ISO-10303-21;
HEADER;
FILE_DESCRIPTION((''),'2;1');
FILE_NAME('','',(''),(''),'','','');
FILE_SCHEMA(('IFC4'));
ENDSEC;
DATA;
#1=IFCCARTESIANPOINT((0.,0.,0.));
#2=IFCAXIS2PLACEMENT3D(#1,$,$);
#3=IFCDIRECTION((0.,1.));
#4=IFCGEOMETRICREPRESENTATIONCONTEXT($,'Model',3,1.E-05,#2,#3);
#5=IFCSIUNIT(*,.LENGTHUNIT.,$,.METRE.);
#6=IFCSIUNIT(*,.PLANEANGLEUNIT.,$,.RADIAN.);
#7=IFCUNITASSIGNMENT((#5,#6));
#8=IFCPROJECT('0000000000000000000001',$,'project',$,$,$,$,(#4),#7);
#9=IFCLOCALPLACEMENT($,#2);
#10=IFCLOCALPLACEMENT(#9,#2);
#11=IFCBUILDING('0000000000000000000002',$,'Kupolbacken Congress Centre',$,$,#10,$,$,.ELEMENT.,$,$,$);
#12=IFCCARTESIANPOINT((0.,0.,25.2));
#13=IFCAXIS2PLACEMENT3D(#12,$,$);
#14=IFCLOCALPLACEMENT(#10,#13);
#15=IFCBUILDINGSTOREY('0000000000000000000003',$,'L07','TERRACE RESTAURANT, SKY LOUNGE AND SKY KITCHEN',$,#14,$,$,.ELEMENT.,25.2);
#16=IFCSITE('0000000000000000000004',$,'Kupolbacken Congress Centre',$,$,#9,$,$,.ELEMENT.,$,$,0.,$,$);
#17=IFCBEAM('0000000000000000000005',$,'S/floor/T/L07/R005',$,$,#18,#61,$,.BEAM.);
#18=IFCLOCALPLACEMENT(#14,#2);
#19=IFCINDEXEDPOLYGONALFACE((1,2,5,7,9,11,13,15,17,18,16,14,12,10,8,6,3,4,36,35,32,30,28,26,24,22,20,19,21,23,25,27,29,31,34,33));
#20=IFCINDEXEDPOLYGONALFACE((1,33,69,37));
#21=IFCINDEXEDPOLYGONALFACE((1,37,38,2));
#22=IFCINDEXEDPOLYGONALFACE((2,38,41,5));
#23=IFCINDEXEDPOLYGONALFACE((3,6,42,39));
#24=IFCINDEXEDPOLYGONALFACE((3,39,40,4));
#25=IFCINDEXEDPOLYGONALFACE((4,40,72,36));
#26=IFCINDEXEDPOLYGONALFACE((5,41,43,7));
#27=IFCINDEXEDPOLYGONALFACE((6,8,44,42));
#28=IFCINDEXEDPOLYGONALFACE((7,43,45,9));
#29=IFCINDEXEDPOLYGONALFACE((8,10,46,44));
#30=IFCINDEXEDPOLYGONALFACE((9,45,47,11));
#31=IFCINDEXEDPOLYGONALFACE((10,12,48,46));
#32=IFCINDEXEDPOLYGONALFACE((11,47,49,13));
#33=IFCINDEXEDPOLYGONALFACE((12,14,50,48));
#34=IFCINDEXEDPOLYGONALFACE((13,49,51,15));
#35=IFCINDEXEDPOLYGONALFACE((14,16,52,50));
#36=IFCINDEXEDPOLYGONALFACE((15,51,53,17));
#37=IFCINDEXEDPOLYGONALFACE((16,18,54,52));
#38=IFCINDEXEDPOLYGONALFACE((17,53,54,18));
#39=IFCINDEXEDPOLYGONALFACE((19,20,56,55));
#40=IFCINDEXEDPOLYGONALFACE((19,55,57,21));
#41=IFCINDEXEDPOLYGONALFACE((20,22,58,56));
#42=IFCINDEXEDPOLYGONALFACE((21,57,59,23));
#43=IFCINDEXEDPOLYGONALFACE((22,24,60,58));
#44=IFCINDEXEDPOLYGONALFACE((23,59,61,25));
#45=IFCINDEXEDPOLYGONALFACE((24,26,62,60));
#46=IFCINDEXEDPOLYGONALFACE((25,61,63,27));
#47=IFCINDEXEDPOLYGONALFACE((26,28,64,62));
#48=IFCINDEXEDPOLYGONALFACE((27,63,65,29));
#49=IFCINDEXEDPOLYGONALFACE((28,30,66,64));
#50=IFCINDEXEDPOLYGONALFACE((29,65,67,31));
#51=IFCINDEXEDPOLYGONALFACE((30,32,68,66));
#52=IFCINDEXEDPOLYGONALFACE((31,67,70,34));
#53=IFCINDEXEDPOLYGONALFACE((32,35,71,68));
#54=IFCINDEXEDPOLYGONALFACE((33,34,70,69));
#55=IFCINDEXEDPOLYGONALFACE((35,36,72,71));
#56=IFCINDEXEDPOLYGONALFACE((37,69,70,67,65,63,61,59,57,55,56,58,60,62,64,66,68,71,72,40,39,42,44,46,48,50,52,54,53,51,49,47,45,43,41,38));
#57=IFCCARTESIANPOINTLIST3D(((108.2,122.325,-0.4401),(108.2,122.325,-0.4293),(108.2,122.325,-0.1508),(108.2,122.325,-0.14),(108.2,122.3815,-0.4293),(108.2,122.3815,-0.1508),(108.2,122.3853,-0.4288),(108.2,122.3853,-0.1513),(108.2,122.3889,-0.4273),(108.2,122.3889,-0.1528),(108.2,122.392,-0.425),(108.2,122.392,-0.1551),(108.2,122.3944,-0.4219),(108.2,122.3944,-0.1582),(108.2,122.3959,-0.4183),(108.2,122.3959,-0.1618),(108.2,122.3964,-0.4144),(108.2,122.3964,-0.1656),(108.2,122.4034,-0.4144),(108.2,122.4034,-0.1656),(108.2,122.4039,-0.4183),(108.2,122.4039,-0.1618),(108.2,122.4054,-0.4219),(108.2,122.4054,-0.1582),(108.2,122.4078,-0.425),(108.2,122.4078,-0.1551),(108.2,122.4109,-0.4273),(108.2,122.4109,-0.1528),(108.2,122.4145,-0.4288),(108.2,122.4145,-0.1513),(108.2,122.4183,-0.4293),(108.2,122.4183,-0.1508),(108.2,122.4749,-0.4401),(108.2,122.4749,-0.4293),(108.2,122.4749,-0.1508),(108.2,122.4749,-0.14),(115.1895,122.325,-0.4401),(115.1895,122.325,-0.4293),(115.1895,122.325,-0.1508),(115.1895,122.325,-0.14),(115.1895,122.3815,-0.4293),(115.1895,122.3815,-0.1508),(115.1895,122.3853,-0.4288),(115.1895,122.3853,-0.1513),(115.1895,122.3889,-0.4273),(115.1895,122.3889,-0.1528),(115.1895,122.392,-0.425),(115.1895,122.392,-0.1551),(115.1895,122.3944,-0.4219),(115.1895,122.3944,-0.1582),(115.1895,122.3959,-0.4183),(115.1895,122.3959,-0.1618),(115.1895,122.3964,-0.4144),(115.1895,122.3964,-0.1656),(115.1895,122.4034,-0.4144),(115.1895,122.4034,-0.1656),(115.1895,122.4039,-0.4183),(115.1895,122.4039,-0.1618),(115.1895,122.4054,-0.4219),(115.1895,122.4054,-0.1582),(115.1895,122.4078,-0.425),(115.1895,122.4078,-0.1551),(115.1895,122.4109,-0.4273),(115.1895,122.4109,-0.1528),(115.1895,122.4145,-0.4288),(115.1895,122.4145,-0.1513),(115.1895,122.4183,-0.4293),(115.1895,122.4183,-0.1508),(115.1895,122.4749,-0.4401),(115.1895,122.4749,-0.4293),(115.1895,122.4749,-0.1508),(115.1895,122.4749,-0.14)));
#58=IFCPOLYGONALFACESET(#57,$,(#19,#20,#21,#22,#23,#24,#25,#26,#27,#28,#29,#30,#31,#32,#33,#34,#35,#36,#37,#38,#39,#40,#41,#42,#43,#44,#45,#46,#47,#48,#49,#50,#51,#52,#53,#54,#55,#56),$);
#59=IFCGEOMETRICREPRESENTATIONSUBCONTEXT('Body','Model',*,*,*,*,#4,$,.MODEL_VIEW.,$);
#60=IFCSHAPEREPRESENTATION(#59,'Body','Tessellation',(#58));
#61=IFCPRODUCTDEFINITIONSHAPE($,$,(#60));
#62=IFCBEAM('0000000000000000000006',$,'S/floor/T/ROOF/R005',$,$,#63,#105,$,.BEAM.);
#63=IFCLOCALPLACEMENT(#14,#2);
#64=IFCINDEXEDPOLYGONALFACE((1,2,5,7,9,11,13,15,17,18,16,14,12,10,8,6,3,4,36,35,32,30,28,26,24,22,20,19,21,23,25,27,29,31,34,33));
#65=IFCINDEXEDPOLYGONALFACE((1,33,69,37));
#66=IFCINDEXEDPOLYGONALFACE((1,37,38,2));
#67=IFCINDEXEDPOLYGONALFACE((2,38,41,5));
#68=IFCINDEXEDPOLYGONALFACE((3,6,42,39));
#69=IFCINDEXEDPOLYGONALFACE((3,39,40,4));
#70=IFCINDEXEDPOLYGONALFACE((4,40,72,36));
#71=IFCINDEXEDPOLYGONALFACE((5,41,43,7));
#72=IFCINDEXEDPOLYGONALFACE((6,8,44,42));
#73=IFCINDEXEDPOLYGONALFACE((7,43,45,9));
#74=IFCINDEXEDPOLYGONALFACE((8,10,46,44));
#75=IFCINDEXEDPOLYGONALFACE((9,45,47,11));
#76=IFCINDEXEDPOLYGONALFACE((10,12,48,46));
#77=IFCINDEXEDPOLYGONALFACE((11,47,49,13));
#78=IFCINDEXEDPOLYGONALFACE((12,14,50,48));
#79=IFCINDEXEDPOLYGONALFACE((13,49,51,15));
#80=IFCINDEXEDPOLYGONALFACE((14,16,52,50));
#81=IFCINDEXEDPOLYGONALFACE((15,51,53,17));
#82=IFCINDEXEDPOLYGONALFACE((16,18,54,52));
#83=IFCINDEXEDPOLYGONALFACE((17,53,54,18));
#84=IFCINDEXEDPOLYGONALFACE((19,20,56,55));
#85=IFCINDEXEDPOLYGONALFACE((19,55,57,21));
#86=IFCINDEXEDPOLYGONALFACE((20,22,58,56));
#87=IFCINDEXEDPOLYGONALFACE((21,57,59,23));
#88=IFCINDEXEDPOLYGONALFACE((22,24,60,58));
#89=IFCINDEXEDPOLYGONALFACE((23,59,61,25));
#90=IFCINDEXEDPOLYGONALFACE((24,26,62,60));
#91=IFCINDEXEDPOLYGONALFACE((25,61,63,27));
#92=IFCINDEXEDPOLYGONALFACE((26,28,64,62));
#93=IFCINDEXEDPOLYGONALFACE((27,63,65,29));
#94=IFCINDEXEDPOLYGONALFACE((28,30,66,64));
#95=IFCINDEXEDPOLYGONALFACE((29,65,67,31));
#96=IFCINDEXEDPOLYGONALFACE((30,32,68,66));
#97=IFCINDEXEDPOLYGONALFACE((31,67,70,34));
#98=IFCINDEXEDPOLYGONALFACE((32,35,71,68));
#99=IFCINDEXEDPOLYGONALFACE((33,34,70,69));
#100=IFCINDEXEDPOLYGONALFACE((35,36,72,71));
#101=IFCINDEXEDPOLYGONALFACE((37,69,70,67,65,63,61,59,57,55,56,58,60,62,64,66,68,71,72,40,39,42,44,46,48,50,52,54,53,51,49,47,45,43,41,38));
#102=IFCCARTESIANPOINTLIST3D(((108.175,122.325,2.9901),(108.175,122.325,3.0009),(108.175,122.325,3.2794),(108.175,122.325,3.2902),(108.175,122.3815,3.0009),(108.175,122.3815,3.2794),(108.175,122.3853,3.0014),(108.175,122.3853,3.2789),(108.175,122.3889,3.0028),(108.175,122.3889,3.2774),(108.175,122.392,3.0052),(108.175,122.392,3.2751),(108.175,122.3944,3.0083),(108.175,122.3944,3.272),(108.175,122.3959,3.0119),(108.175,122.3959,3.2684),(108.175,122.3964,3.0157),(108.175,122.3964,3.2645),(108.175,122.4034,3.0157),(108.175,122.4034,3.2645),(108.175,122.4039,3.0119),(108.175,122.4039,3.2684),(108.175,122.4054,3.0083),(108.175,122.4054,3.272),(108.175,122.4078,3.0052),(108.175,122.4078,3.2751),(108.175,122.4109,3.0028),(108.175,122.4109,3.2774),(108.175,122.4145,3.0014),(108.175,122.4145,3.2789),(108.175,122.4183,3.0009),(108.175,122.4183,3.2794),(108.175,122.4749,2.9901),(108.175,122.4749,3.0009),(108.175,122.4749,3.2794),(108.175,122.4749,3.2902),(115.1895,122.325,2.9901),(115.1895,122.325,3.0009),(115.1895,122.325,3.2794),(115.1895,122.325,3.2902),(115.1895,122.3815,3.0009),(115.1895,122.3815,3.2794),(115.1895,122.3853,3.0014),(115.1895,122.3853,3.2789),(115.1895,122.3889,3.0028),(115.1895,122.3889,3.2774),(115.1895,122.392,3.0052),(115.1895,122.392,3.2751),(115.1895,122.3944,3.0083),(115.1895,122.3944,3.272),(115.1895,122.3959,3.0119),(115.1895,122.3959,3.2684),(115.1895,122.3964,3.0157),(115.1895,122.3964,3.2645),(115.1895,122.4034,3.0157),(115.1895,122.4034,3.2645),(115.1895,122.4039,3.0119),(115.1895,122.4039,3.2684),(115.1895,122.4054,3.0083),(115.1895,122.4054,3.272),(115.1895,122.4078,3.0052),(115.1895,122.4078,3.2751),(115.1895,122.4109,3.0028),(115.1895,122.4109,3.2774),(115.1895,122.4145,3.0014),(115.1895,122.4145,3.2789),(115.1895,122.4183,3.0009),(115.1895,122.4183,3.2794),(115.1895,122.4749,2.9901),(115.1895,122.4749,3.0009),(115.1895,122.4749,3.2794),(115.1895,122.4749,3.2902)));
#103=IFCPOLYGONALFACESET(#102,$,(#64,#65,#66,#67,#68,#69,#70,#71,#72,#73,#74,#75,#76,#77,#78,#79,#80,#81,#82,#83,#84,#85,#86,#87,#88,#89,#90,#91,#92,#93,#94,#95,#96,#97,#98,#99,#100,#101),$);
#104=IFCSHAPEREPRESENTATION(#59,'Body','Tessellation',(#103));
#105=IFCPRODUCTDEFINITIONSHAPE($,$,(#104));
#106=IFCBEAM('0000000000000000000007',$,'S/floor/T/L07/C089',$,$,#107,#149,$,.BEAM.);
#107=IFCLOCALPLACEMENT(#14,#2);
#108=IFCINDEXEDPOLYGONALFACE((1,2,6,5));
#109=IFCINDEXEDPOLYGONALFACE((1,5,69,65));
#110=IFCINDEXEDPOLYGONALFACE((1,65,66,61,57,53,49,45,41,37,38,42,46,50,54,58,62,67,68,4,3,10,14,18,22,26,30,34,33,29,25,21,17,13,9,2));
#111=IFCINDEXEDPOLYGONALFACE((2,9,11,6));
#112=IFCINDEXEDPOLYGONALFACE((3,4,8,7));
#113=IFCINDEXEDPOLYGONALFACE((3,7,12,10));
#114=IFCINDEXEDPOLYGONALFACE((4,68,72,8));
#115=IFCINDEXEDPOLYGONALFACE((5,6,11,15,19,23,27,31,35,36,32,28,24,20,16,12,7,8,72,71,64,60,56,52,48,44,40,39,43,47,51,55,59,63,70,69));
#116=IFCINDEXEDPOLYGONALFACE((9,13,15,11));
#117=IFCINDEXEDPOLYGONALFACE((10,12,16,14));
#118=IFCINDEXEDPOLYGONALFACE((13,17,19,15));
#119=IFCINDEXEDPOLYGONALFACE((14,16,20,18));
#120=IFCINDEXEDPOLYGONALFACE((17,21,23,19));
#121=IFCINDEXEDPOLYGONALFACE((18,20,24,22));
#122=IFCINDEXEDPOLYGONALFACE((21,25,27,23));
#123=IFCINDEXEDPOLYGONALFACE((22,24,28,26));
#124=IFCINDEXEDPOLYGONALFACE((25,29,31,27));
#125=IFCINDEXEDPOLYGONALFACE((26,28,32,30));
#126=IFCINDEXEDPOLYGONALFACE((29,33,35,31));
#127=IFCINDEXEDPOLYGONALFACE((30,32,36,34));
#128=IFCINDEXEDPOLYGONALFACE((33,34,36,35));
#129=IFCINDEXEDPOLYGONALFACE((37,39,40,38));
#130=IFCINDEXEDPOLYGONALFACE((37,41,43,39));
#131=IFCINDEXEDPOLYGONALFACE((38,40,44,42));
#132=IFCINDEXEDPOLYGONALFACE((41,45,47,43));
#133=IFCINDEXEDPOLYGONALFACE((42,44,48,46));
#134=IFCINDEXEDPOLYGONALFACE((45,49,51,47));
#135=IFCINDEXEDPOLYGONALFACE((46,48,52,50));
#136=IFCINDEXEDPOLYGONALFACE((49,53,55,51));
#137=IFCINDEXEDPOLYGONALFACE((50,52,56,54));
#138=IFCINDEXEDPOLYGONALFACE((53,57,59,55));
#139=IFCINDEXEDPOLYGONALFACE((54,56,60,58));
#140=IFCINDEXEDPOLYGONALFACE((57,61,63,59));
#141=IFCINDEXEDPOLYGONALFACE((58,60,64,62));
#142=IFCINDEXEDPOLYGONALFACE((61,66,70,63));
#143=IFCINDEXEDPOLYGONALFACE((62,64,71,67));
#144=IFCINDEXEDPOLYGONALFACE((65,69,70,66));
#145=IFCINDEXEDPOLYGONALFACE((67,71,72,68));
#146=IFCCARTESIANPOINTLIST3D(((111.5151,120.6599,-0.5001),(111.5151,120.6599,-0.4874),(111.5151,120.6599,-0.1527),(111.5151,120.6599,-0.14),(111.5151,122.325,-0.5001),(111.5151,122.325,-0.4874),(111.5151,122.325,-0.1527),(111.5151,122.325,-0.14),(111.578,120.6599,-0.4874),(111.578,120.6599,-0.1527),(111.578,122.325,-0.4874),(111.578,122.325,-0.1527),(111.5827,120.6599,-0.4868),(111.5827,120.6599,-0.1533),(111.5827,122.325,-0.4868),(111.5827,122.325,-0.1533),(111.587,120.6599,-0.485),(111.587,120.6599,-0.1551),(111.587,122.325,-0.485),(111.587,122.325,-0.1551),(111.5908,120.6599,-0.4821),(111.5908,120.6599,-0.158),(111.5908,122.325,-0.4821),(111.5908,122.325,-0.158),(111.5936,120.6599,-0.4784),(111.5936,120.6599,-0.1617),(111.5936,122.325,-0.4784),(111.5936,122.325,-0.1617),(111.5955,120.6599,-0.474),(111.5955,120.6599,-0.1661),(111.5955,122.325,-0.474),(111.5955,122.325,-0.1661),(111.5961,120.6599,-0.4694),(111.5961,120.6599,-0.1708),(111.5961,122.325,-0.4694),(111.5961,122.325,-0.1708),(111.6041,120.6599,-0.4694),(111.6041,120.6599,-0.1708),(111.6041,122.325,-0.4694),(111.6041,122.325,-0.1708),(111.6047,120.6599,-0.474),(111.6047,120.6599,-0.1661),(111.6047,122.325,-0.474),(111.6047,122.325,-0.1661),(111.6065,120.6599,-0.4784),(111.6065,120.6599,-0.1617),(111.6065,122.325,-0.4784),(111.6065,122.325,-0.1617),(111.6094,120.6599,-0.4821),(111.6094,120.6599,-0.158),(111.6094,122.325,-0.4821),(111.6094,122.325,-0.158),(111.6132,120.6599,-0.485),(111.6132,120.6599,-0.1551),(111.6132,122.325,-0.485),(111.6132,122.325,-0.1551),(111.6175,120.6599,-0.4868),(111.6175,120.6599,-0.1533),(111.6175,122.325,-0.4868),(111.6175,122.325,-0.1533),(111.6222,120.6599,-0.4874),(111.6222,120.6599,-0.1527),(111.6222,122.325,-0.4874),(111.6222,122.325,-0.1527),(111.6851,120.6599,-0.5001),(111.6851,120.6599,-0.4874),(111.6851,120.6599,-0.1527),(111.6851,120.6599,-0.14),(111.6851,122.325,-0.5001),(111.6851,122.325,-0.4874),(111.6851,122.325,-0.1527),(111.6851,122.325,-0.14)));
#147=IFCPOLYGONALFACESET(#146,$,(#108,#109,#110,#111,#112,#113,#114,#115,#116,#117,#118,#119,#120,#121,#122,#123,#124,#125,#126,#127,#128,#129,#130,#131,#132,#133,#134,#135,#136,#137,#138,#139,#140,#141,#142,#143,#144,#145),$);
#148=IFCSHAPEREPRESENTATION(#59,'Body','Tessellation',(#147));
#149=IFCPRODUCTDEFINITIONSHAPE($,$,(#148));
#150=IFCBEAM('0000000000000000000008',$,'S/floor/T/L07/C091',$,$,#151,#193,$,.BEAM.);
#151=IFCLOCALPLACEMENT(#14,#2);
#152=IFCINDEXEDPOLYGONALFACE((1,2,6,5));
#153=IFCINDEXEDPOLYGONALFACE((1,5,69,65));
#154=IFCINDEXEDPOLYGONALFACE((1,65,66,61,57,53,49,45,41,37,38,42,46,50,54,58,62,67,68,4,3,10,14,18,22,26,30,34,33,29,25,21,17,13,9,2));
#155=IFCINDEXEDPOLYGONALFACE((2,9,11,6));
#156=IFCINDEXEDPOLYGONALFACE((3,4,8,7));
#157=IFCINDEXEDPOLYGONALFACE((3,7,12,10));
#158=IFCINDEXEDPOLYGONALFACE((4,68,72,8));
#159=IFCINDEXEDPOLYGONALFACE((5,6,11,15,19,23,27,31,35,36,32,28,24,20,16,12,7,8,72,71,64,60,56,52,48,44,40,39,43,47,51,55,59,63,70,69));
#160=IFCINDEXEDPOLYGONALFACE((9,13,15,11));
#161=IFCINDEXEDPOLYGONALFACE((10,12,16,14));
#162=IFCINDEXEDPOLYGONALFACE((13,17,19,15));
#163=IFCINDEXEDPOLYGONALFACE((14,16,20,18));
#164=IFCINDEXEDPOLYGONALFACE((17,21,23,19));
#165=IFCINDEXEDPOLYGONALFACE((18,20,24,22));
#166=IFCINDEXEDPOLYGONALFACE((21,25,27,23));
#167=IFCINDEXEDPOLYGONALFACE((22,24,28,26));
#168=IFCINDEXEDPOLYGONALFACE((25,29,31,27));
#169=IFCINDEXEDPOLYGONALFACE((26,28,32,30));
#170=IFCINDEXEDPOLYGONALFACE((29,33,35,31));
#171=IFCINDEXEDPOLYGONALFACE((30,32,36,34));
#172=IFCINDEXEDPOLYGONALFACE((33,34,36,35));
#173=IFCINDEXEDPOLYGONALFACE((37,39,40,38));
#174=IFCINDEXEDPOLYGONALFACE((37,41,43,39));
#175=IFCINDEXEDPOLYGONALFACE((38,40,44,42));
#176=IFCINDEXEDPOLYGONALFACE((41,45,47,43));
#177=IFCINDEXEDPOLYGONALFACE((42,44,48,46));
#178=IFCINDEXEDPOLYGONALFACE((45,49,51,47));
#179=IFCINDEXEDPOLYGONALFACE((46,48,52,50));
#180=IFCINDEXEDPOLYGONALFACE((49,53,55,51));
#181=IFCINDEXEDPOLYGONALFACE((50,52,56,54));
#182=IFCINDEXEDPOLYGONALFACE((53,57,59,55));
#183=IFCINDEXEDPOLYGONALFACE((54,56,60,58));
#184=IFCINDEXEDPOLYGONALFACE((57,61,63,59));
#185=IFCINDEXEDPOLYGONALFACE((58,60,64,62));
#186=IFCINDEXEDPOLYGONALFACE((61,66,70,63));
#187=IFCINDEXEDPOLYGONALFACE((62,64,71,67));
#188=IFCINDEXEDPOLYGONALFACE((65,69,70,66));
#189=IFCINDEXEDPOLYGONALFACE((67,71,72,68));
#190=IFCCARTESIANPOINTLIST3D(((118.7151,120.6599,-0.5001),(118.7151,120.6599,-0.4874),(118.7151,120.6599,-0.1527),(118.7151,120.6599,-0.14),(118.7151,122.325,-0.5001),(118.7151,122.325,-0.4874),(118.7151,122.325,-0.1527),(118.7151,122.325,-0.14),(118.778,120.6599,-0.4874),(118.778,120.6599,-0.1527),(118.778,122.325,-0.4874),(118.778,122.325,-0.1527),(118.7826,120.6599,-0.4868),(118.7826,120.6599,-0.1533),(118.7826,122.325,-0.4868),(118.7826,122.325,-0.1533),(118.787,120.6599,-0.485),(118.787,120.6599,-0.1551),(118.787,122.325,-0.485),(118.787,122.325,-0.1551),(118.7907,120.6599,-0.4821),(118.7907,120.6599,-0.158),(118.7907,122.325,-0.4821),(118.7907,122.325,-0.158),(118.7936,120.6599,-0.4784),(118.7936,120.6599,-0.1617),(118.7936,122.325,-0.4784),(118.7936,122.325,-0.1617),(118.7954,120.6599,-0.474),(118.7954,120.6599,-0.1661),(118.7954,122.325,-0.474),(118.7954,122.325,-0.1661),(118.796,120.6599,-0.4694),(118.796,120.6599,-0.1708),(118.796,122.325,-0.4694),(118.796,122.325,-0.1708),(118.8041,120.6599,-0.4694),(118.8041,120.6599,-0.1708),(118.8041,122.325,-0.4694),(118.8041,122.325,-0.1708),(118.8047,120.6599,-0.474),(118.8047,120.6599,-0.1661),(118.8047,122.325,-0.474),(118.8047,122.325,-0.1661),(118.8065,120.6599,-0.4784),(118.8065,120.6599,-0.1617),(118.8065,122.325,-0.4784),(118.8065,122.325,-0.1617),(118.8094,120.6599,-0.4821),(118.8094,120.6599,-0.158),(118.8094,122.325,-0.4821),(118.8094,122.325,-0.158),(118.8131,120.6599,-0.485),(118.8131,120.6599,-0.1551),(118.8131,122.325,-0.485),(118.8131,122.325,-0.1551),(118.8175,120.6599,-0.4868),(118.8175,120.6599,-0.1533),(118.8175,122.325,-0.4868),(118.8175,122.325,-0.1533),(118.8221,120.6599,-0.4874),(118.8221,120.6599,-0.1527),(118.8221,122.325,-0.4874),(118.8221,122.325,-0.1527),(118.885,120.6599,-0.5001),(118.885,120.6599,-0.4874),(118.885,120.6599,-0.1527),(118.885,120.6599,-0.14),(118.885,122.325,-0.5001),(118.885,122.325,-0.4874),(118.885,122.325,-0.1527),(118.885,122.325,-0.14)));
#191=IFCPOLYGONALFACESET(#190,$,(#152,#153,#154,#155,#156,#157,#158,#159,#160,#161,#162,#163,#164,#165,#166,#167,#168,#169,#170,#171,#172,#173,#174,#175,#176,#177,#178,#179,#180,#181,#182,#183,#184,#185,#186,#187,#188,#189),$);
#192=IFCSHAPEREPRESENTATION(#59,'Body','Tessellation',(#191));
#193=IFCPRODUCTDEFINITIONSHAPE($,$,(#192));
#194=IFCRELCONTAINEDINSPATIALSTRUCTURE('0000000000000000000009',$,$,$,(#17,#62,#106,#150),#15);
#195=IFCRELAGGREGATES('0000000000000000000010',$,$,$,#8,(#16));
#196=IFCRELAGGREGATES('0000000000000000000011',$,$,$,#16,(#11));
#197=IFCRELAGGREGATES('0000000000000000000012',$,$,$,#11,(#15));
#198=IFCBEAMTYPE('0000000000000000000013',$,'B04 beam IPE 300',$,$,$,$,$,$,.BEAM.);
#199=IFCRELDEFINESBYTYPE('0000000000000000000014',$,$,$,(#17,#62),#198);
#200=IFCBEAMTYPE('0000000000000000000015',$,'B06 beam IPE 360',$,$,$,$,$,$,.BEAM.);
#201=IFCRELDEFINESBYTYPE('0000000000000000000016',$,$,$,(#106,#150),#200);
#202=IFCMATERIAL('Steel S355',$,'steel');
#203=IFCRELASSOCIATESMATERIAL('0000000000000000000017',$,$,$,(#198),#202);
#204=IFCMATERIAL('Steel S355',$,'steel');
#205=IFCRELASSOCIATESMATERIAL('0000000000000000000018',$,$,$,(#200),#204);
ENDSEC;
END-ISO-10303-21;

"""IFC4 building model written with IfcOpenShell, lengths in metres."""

from ifc_helpers import new_model, si_unit, direction, frame, origin, origin_2d, place, context, subcontext, project, spatial, i_section, extrude, material, material_profile, profile_set, type_object, element, save


model = new_model("IFC4")

# Units and contexts
model_context = context("Model", 3, precision=1e-05, world=origin(), true_north=direction((0.0, 1.0)))
body_context = subcontext(model_context, "Body", "Model", "MODEL_VIEW")
ifc_project = project(units=[si_unit("LENGTHUNIT", "METRE"), si_unit("PLANEANGLEUNIT", "RADIAN")], contexts=[model_context])

# Site, building, storey
site_placement = place(None, origin())
site = spatial("IfcSite", under=ifc_project, at=site_placement, Name="Kupolbacken Congress Centre", CompositionType="ELEMENT", RefElevation=0.0)
building_placement = place(site_placement, origin())
building = spatial("IfcBuilding", under=site, at=building_placement, Name="Kupolbacken Congress Centre", CompositionType="ELEMENT")
storey_placement = place(building_placement, frame((0.0, 0.0, 25.2)))
storey = spatial("IfcBuildingStorey", under=building, at=storey_placement, Name="L07", Description="TERRACE RESTAURANT, SKY LOUNGE AND SKY KITCHEN", CompositionType="ELEMENT", Elevation=25.2)

# Beams
ifc_material_1 = material(Name="Steel S355", Category="steel")
ifc_material_profile_1 = material_profile(ifc_material_1, i_section(OverallWidth=0.1499, OverallDepth=0.3, WebThickness=0.0071, FlangeThickness=0.0107, FilletRadius=0.0149, at=origin_2d()), Name="IPE 300")
ifc_profile_set_1 = profile_set([ifc_material_profile_1], Name="Steel S355")
beam_type_1 = type_object("IfcBeamType", Name="B04 beam IPE 300", PredefinedType="BEAM", material=ifc_profile_set_1)
beam_1_placement = place(storey_placement, frame((108.2, 122.3999, -0.29), z_axis=(1.0, 0.0, 0.0), x_axis=(0.0, 1.0, 0.0)))
element("IfcBeam", 1, at=beam_1_placement, inside=storey, type_object=beam_type_1, Name="S/floor/T/L07/R005", PredefinedType="BEAM", context=body_context, shape_type="SweptSolid", body=[
    extrude(i_section(OverallWidth=0.1499, OverallDepth=0.3, WebThickness=0.0071, FlangeThickness=0.0107, FilletRadius=0.0149, at=origin_2d()), origin(), (0.0, 0.0, 1.0), 6.9895),
])
beam_2_placement = place(storey_placement, frame((108.175, 122.3999, 3.1401), z_axis=(1.0, 0.0, 0.0), x_axis=(0.0, 1.0, 0.0)))
element("IfcBeam", 2, at=beam_2_placement, inside=storey, type_object=beam_type_1, Name="S/floor/T/ROOF/R005", PredefinedType="BEAM", context=body_context, shape_type="SweptSolid", body=[
    extrude(i_section(OverallWidth=0.1499, OverallDepth=0.3, WebThickness=0.0071, FlangeThickness=0.0107, FilletRadius=0.0149, at=origin_2d()), origin(), (0.0, 0.0, 1.0), 7.0144),
])
ifc_material_2 = material(Name="Steel S355", Category="steel")
ifc_material_profile_2 = material_profile(ifc_material_2, i_section(OverallWidth=0.1699, OverallDepth=0.3601, WebThickness=0.0081, FlangeThickness=0.0127, FilletRadius=0.0181, at=origin_2d()), Name="IPE 360")
ifc_profile_set_2 = profile_set([ifc_material_profile_2], Name="Steel S355")
beam_type_2 = type_object("IfcBeamType", Name="B06 beam IPE 360", PredefinedType="BEAM", material=ifc_profile_set_2)
for number, where, z_axis, x_axis, name in (
    (3, (111.6001, 122.325, -0.3201), (0.0, -1.0, 0.0), (1.0, 0.0, 0.0), "S/floor/T/L07/C089"),
    (4, (118.8, 122.325, -0.3201), (0.0, -1.0, 0.0), (1.0, 0.0, 0.0), "S/floor/T/L07/C091"),
):
    element("IfcBeam", number, at=place(storey_placement, frame(where, z_axis=z_axis, x_axis=x_axis)), inside=storey, type_object=beam_type_2, Name=name, PredefinedType="BEAM", context=body_context, shape_type="SweptSolid", body=[
        extrude(i_section(OverallWidth=0.1699, OverallDepth=0.3601, WebThickness=0.0081, FlangeThickness=0.0127, FilletRadius=0.0181, at=origin_2d()), origin(), (0.0, 0.0, 1.0), 1.665),
    ])

save(model, "model.ifc")
